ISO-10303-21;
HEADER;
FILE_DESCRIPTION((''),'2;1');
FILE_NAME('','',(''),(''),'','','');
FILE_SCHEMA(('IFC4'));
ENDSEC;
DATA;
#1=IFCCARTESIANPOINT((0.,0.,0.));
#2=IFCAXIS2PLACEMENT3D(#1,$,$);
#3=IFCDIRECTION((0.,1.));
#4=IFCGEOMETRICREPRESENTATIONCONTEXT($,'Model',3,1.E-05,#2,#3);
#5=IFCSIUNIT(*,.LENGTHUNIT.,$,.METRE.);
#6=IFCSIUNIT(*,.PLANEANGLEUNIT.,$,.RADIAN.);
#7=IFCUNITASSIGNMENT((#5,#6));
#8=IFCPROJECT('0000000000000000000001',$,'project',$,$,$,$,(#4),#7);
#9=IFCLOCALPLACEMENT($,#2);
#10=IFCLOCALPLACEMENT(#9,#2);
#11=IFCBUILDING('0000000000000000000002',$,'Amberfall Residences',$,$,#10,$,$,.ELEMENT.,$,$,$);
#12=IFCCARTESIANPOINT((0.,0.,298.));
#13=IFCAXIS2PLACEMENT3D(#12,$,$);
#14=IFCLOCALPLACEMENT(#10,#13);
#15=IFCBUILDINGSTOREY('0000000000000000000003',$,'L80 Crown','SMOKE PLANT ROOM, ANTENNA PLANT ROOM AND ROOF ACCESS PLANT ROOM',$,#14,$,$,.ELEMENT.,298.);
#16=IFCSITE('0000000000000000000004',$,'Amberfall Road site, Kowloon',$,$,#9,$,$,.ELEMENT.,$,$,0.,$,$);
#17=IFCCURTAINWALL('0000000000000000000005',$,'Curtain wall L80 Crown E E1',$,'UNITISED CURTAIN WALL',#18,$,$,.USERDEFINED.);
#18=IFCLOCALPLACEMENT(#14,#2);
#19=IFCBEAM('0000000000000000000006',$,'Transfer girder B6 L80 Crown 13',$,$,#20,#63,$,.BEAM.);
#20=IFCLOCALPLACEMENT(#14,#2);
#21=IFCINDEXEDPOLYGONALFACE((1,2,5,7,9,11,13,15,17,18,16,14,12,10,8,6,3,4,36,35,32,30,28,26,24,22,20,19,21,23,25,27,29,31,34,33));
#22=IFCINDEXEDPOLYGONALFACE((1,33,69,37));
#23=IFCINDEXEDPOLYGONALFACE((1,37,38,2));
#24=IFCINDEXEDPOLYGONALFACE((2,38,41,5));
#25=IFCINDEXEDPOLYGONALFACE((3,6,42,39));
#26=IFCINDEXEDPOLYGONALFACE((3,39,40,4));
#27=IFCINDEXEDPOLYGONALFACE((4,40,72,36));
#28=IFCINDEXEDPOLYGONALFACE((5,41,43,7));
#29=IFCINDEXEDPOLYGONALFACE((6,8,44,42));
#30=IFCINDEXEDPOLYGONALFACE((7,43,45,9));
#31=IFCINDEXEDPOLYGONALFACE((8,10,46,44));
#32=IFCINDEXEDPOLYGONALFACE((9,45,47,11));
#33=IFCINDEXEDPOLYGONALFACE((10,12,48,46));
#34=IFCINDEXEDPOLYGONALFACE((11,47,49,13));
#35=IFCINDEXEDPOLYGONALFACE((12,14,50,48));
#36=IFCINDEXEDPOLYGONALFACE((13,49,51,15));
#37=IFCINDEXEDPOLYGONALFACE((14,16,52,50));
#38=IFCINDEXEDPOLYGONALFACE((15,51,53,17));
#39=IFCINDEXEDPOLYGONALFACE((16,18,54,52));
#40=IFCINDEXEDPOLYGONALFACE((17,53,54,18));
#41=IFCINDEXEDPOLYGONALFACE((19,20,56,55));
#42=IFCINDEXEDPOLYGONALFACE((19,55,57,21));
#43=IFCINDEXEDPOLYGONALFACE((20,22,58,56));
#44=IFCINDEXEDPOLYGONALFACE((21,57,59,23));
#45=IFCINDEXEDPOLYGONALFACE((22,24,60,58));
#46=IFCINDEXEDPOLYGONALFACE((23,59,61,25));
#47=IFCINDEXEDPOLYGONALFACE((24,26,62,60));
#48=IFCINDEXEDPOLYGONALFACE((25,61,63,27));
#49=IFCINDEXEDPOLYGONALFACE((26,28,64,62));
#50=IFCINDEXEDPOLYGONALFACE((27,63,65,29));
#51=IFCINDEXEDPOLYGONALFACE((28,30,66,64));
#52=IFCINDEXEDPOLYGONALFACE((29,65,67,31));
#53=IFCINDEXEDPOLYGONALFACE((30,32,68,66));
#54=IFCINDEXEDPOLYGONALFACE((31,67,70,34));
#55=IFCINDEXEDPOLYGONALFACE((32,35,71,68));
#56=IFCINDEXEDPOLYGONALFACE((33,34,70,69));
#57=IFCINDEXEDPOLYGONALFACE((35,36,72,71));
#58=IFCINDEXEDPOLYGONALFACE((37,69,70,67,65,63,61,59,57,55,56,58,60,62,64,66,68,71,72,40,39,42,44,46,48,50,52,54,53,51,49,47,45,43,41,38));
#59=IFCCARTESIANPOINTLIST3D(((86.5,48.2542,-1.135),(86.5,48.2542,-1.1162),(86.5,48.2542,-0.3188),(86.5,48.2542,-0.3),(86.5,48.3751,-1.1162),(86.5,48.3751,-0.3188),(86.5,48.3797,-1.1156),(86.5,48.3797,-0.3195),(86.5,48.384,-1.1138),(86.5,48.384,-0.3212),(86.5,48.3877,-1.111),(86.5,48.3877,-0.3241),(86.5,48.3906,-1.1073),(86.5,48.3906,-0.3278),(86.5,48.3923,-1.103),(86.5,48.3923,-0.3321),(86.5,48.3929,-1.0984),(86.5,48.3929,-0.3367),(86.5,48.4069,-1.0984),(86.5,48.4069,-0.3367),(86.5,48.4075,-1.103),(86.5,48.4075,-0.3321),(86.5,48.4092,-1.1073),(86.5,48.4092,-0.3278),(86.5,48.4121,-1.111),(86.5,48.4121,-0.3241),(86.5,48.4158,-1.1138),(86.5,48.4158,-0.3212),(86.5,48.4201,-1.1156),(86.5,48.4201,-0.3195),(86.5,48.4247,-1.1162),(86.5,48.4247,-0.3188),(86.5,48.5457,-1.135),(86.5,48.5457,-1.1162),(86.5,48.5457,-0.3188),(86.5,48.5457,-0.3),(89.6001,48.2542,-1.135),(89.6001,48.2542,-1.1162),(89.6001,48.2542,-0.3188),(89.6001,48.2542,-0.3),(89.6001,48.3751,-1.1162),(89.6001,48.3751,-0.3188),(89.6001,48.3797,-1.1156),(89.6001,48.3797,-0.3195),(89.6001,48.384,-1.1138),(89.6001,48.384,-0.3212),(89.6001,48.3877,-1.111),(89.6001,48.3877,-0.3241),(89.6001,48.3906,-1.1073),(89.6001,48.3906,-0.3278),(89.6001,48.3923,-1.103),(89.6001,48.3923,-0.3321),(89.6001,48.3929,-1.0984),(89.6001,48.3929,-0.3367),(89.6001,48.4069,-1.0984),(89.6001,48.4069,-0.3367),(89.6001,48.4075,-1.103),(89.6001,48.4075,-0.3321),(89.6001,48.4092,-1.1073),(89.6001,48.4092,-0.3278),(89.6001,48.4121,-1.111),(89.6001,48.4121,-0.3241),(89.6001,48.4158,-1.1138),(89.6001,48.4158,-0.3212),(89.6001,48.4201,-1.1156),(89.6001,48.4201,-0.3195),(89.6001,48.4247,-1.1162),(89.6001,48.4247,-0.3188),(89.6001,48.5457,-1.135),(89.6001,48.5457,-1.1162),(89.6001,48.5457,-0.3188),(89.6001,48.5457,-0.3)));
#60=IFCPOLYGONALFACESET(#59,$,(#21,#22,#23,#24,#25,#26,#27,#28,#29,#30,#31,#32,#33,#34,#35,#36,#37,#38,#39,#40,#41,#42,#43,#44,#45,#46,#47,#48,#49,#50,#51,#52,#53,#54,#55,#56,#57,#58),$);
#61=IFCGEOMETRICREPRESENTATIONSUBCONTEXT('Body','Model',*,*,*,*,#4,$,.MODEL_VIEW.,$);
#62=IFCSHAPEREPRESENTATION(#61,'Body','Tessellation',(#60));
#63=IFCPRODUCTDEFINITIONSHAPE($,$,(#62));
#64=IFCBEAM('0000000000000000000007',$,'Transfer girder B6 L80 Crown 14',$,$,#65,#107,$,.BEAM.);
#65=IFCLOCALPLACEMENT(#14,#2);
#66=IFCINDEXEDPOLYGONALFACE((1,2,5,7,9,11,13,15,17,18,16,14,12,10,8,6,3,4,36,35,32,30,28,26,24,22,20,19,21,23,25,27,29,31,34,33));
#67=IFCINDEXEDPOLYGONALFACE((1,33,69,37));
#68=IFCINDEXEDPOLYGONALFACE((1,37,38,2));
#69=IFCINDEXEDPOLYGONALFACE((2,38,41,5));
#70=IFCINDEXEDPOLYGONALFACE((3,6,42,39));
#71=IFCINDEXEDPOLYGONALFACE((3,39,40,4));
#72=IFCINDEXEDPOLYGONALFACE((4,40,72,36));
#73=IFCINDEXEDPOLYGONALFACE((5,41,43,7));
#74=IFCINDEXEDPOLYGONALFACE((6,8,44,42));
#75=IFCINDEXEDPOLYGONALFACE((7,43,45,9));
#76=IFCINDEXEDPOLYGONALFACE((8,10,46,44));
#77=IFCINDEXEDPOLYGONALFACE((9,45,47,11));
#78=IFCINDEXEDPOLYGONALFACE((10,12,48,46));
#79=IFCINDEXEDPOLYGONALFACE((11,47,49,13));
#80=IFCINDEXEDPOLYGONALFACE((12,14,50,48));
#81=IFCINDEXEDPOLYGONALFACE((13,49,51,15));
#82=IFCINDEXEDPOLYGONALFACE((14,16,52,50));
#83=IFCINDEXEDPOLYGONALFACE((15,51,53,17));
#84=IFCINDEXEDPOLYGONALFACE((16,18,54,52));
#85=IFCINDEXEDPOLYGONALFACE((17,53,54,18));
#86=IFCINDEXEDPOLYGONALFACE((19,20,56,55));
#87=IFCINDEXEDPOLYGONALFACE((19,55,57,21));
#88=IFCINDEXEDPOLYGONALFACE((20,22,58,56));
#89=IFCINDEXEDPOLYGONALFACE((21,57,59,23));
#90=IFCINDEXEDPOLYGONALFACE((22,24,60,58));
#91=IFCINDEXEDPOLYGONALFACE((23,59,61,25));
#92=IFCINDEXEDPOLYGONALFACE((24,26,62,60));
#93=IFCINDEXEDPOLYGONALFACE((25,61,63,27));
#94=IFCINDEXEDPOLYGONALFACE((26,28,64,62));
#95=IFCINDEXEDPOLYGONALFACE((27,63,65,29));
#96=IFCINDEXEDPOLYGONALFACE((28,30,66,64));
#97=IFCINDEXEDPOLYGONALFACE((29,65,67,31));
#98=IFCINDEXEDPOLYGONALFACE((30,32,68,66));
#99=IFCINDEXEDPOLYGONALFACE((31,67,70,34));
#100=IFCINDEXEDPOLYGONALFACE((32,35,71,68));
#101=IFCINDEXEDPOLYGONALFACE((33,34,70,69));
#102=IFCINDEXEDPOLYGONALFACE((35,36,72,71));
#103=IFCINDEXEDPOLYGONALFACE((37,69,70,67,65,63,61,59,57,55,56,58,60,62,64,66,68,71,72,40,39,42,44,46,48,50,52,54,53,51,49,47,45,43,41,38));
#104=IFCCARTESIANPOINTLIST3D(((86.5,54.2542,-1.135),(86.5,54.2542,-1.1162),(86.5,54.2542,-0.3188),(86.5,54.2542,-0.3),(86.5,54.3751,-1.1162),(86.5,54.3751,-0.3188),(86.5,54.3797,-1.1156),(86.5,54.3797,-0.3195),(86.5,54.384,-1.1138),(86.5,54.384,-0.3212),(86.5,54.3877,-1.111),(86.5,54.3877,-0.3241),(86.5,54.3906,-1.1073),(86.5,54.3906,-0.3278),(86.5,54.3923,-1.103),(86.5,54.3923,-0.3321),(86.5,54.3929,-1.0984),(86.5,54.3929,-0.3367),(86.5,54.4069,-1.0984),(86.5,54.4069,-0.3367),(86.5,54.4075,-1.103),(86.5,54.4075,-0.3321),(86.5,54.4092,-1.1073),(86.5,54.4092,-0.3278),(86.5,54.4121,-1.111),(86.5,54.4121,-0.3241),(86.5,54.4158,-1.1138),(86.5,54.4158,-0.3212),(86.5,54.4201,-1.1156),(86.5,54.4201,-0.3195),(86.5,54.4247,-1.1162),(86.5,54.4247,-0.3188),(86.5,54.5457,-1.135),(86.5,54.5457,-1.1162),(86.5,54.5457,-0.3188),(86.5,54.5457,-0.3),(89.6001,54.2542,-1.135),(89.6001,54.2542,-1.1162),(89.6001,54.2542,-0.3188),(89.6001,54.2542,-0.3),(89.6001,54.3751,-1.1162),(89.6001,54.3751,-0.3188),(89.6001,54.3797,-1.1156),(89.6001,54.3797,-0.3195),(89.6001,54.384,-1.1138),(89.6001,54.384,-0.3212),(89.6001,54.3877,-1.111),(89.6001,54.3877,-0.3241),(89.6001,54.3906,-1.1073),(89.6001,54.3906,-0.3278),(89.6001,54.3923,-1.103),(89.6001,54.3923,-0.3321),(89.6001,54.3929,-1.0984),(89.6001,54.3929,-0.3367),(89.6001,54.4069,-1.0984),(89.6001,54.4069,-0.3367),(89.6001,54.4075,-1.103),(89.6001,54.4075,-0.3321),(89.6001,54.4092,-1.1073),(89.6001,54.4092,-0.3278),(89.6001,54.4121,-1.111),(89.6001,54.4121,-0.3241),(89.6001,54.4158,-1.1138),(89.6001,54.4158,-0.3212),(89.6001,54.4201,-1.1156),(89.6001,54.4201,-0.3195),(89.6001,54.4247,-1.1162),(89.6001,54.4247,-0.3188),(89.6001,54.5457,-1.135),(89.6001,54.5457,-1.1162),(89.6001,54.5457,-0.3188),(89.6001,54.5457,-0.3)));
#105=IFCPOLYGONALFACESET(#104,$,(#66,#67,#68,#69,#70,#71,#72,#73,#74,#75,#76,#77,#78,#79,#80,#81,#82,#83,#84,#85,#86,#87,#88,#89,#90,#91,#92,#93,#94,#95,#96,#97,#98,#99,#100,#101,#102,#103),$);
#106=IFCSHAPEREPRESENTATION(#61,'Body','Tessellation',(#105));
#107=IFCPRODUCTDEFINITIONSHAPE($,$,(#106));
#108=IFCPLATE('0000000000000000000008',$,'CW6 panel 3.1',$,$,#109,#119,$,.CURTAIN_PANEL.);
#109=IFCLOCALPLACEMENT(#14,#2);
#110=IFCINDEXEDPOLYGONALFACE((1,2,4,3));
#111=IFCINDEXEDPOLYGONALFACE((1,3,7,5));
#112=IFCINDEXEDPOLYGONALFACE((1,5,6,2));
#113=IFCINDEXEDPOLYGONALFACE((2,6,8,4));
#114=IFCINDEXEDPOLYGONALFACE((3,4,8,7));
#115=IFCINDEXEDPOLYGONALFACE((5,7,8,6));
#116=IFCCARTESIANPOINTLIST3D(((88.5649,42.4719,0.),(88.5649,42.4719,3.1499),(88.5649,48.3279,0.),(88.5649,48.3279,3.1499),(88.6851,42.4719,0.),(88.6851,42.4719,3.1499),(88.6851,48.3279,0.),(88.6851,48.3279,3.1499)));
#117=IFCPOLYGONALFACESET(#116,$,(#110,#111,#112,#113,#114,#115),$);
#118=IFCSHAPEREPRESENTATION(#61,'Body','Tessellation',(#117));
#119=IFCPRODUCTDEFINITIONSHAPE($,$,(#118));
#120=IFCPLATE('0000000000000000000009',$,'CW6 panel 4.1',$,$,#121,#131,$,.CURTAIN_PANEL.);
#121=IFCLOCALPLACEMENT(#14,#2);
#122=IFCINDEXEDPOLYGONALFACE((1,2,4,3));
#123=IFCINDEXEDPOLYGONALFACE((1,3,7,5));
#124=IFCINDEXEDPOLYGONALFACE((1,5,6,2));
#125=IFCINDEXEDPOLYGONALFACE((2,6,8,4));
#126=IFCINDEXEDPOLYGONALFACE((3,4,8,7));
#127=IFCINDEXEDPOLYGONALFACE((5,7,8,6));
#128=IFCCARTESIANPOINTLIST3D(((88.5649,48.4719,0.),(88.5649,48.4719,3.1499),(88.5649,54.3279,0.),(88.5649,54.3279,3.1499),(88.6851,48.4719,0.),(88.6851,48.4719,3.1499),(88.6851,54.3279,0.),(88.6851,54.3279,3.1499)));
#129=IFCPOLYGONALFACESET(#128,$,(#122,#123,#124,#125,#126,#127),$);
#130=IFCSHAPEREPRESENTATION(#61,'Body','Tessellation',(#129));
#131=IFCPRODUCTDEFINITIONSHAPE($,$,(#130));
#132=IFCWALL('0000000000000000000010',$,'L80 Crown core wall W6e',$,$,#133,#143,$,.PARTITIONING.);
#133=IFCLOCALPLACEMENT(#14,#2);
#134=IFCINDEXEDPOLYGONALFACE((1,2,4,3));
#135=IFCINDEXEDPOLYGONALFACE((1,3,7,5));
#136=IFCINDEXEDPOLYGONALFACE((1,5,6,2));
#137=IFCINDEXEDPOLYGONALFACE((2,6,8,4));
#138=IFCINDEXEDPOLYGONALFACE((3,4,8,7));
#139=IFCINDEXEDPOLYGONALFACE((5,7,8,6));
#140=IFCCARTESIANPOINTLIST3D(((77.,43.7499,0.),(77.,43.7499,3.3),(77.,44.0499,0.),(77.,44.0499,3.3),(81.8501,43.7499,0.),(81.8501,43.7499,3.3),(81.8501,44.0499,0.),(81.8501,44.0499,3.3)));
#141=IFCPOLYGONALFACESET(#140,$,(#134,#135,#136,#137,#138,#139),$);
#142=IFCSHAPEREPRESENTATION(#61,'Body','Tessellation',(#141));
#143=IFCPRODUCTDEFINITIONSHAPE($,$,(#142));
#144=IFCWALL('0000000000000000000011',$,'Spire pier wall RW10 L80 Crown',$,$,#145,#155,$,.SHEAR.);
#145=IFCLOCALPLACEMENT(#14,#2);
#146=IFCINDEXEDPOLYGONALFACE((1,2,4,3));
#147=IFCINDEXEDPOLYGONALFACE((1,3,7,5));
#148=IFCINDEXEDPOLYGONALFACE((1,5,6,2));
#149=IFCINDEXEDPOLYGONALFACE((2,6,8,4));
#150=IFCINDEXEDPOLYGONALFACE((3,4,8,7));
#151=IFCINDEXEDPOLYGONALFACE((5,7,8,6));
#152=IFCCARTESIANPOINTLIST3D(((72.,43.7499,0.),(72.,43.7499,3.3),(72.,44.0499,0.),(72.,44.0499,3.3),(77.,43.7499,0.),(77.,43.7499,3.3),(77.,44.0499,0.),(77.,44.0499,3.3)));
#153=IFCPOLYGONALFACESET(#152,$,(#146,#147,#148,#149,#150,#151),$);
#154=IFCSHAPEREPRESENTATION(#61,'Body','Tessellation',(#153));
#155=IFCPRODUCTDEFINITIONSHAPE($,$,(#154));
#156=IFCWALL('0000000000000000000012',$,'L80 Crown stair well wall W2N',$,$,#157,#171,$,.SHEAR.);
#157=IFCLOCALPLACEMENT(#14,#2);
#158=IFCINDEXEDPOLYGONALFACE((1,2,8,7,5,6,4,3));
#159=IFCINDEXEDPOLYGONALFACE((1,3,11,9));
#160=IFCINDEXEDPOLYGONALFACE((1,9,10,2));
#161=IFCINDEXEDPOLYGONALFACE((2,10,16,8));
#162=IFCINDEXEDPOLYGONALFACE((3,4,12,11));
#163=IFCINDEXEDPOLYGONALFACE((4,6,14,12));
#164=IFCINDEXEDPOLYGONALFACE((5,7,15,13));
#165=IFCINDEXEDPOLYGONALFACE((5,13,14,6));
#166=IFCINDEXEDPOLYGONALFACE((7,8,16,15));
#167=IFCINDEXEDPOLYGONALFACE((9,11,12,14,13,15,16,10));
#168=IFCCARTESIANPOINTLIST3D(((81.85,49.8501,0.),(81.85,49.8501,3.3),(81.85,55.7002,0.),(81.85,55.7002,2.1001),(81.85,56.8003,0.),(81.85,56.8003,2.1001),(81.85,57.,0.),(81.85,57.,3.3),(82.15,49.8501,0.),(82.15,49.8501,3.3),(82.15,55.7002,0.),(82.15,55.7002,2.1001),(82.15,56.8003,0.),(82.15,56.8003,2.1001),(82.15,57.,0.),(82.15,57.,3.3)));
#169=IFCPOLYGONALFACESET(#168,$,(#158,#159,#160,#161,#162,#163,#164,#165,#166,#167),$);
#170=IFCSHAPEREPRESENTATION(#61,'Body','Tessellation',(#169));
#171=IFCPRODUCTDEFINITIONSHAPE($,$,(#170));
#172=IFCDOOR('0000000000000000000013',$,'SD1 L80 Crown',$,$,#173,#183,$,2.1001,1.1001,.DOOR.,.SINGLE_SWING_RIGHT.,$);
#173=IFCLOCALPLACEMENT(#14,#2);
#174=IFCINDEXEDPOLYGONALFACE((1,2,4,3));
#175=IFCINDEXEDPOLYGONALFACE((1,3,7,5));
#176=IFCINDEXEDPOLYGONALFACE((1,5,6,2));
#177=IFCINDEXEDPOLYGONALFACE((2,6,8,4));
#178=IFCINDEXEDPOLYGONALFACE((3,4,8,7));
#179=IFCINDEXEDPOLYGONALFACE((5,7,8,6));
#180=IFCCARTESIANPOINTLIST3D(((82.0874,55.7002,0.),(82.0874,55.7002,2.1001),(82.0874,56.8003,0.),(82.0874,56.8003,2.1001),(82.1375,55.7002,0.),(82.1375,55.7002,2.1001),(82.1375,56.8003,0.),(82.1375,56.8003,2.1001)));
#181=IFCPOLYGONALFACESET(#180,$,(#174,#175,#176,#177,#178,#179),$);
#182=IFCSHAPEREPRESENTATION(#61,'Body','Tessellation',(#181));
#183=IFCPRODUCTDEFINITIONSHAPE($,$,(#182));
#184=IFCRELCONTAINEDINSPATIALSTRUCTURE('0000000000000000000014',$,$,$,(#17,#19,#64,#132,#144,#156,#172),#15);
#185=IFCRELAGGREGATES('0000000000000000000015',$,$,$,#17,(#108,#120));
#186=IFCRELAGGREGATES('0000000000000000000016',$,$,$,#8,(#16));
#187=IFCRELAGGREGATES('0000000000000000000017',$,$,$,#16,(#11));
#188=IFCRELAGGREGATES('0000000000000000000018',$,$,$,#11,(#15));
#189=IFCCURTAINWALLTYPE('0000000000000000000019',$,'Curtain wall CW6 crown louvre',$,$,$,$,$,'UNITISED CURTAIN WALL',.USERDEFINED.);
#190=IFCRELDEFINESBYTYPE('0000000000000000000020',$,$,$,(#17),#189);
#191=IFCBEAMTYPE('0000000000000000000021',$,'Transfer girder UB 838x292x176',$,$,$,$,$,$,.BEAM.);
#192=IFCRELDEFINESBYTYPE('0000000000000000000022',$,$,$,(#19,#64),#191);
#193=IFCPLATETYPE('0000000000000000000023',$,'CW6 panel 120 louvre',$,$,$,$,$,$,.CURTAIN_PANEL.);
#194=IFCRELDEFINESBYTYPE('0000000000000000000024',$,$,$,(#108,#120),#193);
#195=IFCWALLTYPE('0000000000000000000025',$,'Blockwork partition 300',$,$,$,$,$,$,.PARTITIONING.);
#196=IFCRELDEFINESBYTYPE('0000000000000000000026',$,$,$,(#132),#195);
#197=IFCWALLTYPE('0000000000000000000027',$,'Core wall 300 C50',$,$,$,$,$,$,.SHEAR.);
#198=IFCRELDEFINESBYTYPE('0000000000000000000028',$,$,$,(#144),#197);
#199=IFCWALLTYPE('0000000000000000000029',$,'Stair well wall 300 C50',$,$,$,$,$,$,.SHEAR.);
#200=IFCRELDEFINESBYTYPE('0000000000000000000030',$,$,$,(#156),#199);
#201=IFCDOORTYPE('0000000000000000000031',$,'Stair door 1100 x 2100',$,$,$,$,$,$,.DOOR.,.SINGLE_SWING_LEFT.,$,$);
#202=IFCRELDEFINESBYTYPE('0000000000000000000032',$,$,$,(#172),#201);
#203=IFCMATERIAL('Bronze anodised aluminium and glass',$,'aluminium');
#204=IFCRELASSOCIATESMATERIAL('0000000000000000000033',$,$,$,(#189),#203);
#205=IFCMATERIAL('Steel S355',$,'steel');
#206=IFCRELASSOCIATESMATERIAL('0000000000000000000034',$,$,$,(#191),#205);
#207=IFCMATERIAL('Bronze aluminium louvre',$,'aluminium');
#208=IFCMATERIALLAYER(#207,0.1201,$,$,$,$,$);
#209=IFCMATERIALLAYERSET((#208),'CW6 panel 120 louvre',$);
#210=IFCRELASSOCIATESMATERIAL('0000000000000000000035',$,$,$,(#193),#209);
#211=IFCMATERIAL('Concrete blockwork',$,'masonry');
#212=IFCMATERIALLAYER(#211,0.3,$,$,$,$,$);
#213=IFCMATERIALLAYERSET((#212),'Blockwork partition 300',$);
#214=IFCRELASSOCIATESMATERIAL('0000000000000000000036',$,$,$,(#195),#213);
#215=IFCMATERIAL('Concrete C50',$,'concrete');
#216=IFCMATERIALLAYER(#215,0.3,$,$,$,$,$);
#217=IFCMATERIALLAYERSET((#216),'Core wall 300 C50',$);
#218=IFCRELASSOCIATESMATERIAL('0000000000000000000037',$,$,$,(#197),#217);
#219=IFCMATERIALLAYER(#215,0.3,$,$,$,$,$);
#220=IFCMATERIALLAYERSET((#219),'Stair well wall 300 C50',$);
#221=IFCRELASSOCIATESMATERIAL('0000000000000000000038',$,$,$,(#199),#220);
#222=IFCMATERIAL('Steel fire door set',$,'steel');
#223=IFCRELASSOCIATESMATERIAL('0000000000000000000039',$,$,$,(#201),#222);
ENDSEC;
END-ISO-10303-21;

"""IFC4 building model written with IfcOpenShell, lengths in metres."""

from ifc_helpers import new_model, si_unit, direction, frame, frame_2d, origin, origin_2d, place, context, subcontext, project, spatial, rectangle, i_section, extrude, material, layer, layer_set, material_profile, profile_set, type_object, element, fill, aggregate, save


model = new_model("IFC4")

# Units and contexts
model_context = context("Model", 3, precision=1e-05, world=origin(), true_north=direction((0.0, 1.0)))
body_context = subcontext(model_context, "Body", "Model", "MODEL_VIEW")
ifc_project = project(units=[si_unit("LENGTHUNIT", "METRE"), si_unit("PLANEANGLEUNIT", "RADIAN")], contexts=[model_context])

# Site, building, storey
site_placement = place(None, origin())
site = spatial("IfcSite", under=ifc_project, at=site_placement, Name="Amberfall Road site, Kowloon", CompositionType="ELEMENT", RefElevation=0.0)
building_placement = place(site_placement, origin())
building = spatial("IfcBuilding", under=site, at=building_placement, Name="Amberfall Residences", CompositionType="ELEMENT")
storey_placement = place(building_placement, frame((0.0, 0.0, 298.0)))
storey = spatial("IfcBuildingStorey", under=building, at=storey_placement, Name="L80 Crown", Description="SMOKE PLANT ROOM, ANTENNA PLANT ROOM AND ROOF ACCESS PLANT ROOM", CompositionType="ELEMENT", Elevation=298.0)

# Shared definitions
ifc_material_1 = material(Name="Concrete C50", Category="concrete")

# Curtain wall
ifc_material_2 = material(Name="Bronze anodised aluminium and glass", Category="aluminium")
curtain_wall_type = type_object("IfcCurtainWallType", Name="Curtain wall CW6 crown louvre", ElementType="UNITISED CURTAIN WALL", PredefinedType="USERDEFINED", material=ifc_material_2)
curtain_wall_placement = place(storey_placement, origin())
curtain_wall = element("IfcCurtainWall", 1, at=curtain_wall_placement, inside=storey, type_object=curtain_wall_type, Name="Curtain wall L80 Crown E E1", ObjectType="UNITISED CURTAIN WALL", PredefinedType="USERDEFINED")

# Beams
ifc_material_3 = material(Name="Steel S355", Category="steel")
ifc_material_profile_1 = material_profile(ifc_material_3, i_section(OverallWidth=0.2915, OverallDepth=0.835, WebThickness=0.0139, FlangeThickness=0.0188, FilletRadius=0.0178, at=origin_2d()), Name="UB 838x292x176")
ifc_profile_set_1 = profile_set([ifc_material_profile_1], Name="Steel S355")
beam_type_1 = type_object("IfcBeamType", Name="Transfer girder UB 838x292x176", PredefinedType="BEAM", material=ifc_profile_set_1)
for number, where, z_axis, x_axis, name in (
    (2, (89.6001, 48.3999, -0.7175), (-1.0, 0.0, 0.0), (0.0, -1.0, 0.0), "Transfer girder B6 L80 Crown 13"),
    (3, (89.6001, 54.3999, -0.7175), (-1.0, 0.0, 0.0), (0.0, -1.0, 0.0), "Transfer girder B6 L80 Crown 14"),
):
    element("IfcBeam", number, at=place(storey_placement, frame(where, z_axis=z_axis, x_axis=x_axis)), inside=storey, type_object=beam_type_1, Name=name, PredefinedType="BEAM", context=body_context, shape_type="SweptSolid", body=[
        extrude(i_section(OverallWidth=0.2915, OverallDepth=0.835, WebThickness=0.0139, FlangeThickness=0.0188, FilletRadius=0.0178, at=origin_2d()), origin(), (0.0, 0.0, 1.0), 3.1001),
    ])

# Plates
ifc_material_4 = material(Name="Bronze aluminium louvre", Category="aluminium")
ifc_layer_1 = layer(ifc_material_4, 0.1201)
ifc_layer_set_1 = layer_set([ifc_layer_1], Name="CW6 panel 120 louvre")
plate_type = type_object("IfcPlateType", Name="CW6 panel 120 louvre", PredefinedType="CURTAIN_PANEL", material=ifc_layer_set_1)
plate_1_placement = place(storey_placement, frame((88.625, 45.3999, 0.0), z_axis=(0.0, 0.0, 1.0), x_axis=(0.0, 1.0, 0.0)))
plate_1 = element("IfcPlate", 4, at=plate_1_placement, type_object=plate_type, Name="CW6 panel 3.1", PredefinedType="CURTAIN_PANEL", context=body_context, shape_type="SweptSolid", body=[
    extrude(rectangle(XDim=5.856, YDim=0.1201, at=origin_2d()), origin(), (0.0, 0.0, 1.0), 3.1499),
])
plate_2_placement = place(storey_placement, frame((88.625, 51.3999, 0.0), z_axis=(0.0, 0.0, 1.0), x_axis=(0.0, 1.0, 0.0)))
plate_2 = element("IfcPlate", 5, at=plate_2_placement, type_object=plate_type, Name="CW6 panel 4.1", PredefinedType="CURTAIN_PANEL", context=body_context, shape_type="SweptSolid", body=[
    extrude(rectangle(XDim=5.856, YDim=0.1201, at=origin_2d()), origin(), (0.0, 0.0, 1.0), 3.1499),
])
aggregate(curtain_wall, [plate_1, plate_2])

# Walls
ifc_material_5 = material(Name="Concrete blockwork", Category="masonry")
ifc_layer_2 = layer(ifc_material_5, 0.3)
ifc_layer_set_2 = layer_set([ifc_layer_2], Name="Blockwork partition 300")
wall_type_1 = type_object("IfcWallType", Name="Blockwork partition 300", PredefinedType="PARTITIONING", material=ifc_layer_set_2)
wall_1_placement = place(storey_placement, frame((77.0, 43.8999, 0.0), z_axis=(0.0, 0.0, 1.0), x_axis=(1.0, 0.0, 0.0)))
element("IfcWall", 6, at=wall_1_placement, inside=storey, type_object=wall_type_1, Name="L80 Crown core wall W6e", PredefinedType="PARTITIONING", context=body_context, shape_type="SweptSolid", body=[
    extrude(rectangle(XDim=4.8501, YDim=0.3, at=frame_2d((2.425, 0.0))), origin(), (0.0, 0.0, 1.0), 3.3),
])
ifc_layer_3 = layer(ifc_material_1, 0.3)
ifc_layer_set_3 = layer_set([ifc_layer_3], Name="Core wall 300 C50")
wall_type_2 = type_object("IfcWallType", Name="Core wall 300 C50", PredefinedType="SHEAR", material=ifc_layer_set_3)
wall_2_placement = place(storey_placement, frame((72.0, 43.8999, 0.0), z_axis=(0.0, 0.0, 1.0), x_axis=(1.0, 0.0, 0.0)))
element("IfcWall", 7, at=wall_2_placement, inside=storey, type_object=wall_type_2, Name="Spire pier wall RW10 L80 Crown", PredefinedType="SHEAR", context=body_context, shape_type="SweptSolid", body=[
    extrude(rectangle(XDim=5.0, YDim=0.3, at=frame_2d((2.5, 0.0))), origin(), (0.0, 0.0, 1.0), 3.3),
])

# Wall, opening, door
ifc_layer_4 = layer(ifc_material_1, 0.3)
ifc_layer_set_4 = layer_set([ifc_layer_4], Name="Stair well wall 300 C50")
wall_type_3 = type_object("IfcWallType", Name="Stair well wall 300 C50", PredefinedType="SHEAR", material=ifc_layer_set_4)
wall_3_placement = place(storey_placement, frame((82.0, 49.8501, 0.0), z_axis=(0.0, 0.0, 1.0), x_axis=(0.0, 1.0, 0.0)))
wall_3 = element("IfcWall", 8, at=wall_3_placement, inside=storey, type_object=wall_type_3, Name="L80 Crown stair well wall W2N", PredefinedType="SHEAR", context=body_context, shape_type="SweptSolid", body=[
    extrude(rectangle(XDim=7.1499, YDim=0.3, at=frame_2d((3.575, 0.0))), origin(), (0.0, 0.0, 1.0), 3.3),
])
opening_placement = place(wall_3_placement, frame((5.8501, 0.0, 0.0)))
opening = element("IfcOpeningElement", 9, at=opening_placement, cuts=wall_3, PredefinedType="OPENING", context=body_context, shape_type="SweptSolid", body=[
    extrude(rectangle(XDim=1.1001, YDim=2.1001, at=frame_2d((0.55, 1.05))), frame((0.0, 0.1599, 0.0), z_axis=(0.0, -1.0, 0.0), x_axis=(1.0, 0.0, 0.0)), (0.0, 0.0, 1.0), 0.3201),
])
ifc_material_6 = material(Name="Steel fire door set", Category="steel")
door_type = type_object("IfcDoorType", Name="Stair door 1100 x 2100", OperationType="SINGLE_SWING_LEFT", PredefinedType="DOOR", material=ifc_material_6)
door_placement = place(opening_placement, origin())
door = element("IfcDoor", 10, at=door_placement, inside=storey, type_object=door_type, Name="SD1 L80 Crown", OperationType="SINGLE_SWING_RIGHT", OverallHeight=2.1001, OverallWidth=1.1001, PredefinedType="DOOR", context=body_context, shape_type="SweptSolid", body=[
    extrude(rectangle(XDim=1.1001, YDim=2.1001, at=frame_2d((0.55, 1.05))), frame((0.0, -0.0874, 0.0), z_axis=(0.0, -1.0, 0.0), x_axis=(1.0, 0.0, 0.0)), (0.0, 0.0, 1.0), 0.05),
])
fill(opening, door)

save(model, "model.ifc")
